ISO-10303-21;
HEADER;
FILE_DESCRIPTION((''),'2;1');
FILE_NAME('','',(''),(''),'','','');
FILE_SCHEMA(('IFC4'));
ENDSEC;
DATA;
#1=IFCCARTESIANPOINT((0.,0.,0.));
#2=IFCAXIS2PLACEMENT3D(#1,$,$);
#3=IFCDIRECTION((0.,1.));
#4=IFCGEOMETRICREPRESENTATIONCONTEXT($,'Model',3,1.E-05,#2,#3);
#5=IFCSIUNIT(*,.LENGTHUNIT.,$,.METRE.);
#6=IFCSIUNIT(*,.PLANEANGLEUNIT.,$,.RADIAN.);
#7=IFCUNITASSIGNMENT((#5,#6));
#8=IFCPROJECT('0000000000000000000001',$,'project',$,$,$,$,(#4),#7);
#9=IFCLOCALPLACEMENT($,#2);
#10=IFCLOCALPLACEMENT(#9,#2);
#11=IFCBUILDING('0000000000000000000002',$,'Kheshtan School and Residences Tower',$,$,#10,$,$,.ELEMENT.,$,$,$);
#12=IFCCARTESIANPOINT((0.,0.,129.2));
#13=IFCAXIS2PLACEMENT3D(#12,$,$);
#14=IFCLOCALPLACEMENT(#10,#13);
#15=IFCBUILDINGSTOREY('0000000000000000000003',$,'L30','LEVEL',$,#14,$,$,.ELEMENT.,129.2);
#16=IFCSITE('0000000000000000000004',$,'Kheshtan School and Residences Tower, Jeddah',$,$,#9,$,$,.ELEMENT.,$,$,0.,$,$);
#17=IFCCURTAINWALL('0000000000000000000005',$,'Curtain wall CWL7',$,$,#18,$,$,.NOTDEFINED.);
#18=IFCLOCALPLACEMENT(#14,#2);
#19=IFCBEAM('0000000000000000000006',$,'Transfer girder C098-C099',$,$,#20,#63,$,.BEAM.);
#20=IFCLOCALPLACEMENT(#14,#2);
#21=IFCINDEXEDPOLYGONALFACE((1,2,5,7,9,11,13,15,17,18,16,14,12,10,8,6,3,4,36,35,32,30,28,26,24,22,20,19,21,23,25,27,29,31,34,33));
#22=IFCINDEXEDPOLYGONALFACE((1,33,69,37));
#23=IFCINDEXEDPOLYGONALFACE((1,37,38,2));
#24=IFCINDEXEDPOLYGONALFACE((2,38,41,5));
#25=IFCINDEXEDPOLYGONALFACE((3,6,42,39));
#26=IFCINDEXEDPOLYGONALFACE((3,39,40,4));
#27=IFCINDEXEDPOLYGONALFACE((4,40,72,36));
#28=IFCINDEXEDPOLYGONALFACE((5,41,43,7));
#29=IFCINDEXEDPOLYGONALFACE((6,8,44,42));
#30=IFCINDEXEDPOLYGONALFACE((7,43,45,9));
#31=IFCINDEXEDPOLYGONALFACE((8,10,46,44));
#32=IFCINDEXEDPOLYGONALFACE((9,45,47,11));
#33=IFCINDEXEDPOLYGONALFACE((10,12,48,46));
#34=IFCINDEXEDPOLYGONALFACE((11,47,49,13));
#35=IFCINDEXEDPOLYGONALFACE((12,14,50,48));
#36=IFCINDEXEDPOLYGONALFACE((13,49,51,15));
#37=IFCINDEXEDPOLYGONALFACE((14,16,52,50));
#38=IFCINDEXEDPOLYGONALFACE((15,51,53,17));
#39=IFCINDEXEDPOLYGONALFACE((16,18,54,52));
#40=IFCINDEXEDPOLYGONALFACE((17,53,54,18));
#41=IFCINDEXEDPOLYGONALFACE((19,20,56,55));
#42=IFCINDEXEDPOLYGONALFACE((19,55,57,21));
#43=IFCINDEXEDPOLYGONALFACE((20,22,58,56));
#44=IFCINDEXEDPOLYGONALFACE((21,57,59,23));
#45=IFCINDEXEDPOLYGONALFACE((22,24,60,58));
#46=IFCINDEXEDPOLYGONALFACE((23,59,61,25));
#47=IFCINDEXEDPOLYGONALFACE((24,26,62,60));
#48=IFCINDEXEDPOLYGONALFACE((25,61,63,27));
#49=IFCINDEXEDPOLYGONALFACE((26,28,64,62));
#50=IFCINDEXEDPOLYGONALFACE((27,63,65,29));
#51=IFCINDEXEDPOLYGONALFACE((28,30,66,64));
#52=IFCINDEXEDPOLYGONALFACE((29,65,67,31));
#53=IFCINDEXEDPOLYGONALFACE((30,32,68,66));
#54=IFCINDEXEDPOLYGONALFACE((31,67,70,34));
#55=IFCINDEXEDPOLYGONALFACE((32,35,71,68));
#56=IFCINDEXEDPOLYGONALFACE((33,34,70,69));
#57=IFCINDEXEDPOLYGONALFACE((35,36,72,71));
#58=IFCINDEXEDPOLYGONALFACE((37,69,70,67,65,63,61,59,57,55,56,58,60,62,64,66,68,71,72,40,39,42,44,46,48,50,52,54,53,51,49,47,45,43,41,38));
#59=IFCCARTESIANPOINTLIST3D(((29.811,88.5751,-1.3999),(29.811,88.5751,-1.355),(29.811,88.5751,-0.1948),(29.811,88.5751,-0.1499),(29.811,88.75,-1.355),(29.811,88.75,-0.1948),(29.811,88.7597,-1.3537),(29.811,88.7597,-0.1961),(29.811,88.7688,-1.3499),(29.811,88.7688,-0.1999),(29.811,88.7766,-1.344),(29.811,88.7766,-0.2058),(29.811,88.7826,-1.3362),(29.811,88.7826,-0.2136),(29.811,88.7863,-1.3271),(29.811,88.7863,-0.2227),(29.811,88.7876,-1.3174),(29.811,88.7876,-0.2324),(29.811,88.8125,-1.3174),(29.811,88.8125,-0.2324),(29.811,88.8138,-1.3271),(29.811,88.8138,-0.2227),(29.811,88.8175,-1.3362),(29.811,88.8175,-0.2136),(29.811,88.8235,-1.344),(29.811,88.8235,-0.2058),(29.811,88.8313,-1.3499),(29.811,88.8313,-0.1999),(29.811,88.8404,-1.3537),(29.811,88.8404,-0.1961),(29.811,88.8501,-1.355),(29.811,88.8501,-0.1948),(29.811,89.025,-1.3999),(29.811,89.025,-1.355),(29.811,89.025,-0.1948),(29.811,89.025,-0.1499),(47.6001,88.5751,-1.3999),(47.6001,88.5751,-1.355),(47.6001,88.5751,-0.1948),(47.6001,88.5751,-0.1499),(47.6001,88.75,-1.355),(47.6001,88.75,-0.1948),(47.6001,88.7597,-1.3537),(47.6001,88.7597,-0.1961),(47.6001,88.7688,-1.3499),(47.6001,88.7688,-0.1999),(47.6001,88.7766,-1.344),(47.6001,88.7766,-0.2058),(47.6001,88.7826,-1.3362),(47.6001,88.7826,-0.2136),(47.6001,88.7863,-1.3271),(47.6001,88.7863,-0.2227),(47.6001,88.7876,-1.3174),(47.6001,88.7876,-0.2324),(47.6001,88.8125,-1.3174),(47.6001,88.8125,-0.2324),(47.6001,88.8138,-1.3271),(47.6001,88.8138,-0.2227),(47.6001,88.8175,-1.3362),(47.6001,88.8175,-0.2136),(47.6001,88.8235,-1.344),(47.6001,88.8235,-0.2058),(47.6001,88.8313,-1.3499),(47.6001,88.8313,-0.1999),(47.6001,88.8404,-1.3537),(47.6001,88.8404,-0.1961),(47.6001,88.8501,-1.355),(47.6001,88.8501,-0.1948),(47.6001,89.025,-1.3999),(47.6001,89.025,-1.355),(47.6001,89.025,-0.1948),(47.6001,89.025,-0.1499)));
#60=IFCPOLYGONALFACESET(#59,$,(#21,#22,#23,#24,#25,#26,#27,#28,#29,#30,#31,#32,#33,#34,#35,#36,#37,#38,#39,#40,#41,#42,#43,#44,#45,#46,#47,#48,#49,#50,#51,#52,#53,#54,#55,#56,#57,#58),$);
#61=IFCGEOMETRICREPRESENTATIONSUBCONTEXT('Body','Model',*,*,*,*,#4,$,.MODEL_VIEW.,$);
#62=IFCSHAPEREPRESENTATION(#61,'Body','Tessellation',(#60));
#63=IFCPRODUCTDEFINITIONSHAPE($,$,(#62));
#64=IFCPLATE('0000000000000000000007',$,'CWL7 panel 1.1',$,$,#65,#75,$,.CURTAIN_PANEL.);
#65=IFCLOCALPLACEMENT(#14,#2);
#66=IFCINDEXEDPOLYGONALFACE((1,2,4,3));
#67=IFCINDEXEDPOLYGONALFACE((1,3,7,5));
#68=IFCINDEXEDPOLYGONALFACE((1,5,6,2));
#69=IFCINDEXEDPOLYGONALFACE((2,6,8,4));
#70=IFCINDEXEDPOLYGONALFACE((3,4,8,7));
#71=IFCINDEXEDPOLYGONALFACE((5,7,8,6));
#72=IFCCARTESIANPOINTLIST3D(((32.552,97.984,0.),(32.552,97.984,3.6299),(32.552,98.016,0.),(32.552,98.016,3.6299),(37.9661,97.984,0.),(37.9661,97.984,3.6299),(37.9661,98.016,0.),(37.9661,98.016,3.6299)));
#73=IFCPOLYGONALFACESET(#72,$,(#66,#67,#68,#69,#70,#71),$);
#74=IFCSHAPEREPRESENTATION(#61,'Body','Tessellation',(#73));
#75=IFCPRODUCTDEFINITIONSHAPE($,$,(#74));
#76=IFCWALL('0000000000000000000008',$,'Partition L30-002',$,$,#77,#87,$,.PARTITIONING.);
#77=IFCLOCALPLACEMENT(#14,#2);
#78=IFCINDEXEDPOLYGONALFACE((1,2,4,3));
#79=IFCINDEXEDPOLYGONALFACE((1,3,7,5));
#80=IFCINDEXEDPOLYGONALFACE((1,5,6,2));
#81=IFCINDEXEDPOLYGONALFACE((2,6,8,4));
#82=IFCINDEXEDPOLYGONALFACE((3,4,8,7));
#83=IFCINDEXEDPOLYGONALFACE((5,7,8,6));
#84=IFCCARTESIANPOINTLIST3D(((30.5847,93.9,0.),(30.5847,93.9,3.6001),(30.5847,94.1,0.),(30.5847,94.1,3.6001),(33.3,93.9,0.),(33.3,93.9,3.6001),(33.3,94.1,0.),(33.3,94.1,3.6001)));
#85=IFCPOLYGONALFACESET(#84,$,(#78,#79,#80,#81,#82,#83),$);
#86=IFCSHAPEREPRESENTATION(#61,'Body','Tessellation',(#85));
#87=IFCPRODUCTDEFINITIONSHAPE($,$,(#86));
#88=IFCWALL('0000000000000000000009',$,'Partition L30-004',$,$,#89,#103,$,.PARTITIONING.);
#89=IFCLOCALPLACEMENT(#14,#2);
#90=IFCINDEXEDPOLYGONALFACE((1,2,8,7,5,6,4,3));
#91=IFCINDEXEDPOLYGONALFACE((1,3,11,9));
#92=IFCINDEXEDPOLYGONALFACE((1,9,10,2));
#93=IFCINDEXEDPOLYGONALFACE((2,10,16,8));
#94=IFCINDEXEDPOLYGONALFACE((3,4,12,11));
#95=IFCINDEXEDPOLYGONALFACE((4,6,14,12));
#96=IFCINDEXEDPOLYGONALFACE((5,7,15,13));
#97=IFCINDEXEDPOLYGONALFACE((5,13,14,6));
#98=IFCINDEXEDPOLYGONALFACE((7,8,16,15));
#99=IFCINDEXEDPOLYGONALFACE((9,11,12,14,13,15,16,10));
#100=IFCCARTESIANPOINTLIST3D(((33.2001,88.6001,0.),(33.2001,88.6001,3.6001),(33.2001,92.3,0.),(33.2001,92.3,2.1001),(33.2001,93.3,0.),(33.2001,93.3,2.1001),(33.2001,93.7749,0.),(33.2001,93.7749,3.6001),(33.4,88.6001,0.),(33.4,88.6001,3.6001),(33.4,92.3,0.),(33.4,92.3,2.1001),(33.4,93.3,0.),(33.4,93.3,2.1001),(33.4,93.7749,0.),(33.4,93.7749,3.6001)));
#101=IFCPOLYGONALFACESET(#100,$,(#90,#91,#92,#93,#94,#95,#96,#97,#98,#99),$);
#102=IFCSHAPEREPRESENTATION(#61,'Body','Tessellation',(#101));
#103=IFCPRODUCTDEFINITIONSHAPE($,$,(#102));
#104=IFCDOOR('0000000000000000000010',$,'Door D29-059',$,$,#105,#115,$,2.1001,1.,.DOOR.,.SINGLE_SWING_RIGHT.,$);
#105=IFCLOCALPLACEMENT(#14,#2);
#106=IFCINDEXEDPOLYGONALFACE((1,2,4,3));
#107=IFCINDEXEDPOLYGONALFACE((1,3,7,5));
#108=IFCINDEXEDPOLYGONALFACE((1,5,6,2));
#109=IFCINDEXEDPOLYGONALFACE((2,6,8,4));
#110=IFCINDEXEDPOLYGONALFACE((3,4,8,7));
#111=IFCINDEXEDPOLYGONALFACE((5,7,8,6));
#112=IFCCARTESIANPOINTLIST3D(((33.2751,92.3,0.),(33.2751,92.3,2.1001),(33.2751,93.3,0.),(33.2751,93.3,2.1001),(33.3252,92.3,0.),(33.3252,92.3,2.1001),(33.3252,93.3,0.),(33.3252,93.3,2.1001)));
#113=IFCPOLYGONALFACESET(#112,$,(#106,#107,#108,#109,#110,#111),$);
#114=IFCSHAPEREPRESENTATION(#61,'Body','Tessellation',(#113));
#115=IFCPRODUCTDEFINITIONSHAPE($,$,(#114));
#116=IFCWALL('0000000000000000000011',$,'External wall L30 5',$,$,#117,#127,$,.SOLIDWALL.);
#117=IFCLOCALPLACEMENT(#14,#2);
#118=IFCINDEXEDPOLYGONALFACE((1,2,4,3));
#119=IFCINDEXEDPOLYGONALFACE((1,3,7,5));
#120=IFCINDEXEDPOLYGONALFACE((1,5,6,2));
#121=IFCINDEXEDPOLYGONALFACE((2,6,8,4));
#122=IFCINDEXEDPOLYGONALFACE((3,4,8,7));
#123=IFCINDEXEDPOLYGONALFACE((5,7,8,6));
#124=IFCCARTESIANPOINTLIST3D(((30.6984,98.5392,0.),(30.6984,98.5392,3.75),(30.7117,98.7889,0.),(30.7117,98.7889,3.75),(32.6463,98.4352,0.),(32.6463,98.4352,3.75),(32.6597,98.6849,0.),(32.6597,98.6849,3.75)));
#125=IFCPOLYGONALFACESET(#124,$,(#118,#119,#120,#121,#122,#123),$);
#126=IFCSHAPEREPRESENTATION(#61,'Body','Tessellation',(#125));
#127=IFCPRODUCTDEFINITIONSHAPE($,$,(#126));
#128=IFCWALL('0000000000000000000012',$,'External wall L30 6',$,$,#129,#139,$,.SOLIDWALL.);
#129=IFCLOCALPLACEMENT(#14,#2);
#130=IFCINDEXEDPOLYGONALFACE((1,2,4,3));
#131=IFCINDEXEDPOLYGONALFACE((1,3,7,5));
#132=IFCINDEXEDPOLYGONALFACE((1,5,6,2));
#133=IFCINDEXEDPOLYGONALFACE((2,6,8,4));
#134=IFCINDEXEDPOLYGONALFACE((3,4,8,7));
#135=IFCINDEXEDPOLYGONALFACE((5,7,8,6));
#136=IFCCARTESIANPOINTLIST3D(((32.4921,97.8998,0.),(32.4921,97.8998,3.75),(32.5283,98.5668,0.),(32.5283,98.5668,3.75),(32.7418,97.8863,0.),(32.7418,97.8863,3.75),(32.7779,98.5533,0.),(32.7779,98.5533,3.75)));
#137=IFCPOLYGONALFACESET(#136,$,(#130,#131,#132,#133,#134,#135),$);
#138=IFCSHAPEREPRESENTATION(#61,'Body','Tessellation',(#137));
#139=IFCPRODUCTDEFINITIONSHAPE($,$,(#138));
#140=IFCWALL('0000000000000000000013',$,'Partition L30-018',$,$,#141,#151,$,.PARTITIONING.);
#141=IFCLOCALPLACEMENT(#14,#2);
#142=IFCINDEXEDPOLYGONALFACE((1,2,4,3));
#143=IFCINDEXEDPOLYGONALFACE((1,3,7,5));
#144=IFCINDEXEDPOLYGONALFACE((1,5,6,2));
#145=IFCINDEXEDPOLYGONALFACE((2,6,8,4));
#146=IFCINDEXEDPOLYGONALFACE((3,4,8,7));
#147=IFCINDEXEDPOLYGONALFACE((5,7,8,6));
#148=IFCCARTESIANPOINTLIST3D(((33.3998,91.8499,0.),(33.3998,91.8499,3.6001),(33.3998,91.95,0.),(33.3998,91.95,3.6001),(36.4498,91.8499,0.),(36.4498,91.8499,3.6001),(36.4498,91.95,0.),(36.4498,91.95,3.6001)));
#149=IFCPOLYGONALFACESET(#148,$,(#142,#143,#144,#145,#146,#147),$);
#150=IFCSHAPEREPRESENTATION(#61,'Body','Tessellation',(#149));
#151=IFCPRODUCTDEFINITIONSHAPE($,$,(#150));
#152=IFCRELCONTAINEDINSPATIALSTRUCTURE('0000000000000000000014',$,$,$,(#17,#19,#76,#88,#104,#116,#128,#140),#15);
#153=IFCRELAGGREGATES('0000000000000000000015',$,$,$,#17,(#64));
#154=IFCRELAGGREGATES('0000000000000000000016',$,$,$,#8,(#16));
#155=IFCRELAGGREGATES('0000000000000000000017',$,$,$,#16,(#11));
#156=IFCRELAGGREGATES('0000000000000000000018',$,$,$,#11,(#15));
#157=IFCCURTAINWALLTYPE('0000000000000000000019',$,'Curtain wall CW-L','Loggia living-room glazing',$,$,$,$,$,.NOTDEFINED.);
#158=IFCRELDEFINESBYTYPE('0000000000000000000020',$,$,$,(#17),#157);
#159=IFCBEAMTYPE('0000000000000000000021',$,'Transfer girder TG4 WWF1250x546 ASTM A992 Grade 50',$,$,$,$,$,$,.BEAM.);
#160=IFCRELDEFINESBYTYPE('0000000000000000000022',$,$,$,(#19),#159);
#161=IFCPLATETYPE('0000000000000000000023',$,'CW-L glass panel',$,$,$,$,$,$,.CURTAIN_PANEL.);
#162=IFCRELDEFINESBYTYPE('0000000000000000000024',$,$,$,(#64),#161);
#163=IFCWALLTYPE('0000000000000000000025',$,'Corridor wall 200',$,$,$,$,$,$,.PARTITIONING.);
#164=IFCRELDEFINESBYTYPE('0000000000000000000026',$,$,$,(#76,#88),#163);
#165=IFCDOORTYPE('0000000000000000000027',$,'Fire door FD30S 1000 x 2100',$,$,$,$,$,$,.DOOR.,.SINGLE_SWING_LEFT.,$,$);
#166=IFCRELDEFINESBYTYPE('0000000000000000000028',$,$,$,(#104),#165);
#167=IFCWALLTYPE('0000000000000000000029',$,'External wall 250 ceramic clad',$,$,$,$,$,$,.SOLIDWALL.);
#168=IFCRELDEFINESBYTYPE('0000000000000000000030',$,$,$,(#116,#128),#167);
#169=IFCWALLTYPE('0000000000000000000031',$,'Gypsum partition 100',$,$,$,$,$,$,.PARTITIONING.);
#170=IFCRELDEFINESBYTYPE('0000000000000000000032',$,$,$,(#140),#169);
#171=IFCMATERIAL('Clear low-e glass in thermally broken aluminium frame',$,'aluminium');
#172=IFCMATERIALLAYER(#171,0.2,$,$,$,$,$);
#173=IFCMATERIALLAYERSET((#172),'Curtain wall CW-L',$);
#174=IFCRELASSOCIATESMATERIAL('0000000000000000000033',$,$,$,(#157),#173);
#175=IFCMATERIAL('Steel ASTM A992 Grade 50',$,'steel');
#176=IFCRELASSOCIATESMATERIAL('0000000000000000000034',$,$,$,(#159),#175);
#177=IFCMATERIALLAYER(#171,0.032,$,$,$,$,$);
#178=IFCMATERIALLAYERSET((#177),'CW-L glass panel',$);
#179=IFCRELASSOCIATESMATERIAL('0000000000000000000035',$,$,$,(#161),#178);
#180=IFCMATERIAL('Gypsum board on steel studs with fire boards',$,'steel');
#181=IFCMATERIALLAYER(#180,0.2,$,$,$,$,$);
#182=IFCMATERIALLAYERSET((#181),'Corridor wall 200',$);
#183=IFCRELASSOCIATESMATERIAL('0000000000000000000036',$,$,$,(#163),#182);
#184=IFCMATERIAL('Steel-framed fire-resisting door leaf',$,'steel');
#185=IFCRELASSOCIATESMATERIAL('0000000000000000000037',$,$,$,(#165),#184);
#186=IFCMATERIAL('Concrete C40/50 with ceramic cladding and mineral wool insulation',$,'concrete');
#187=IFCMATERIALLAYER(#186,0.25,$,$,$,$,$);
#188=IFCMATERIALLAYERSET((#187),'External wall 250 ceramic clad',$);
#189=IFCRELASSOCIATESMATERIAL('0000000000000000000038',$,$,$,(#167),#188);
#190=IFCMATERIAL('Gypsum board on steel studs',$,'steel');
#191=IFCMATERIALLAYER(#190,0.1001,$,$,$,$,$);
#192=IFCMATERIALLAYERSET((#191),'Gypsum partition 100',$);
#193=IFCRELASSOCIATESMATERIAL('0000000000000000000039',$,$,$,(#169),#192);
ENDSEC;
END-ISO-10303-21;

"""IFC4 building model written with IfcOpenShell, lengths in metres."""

from ifc_helpers import new_model, si_unit, direction, frame, frame_2d, origin, origin_2d, place, context, subcontext, project, spatial, rectangle, i_section, extrude, source, transform, mapped, material, layer, layer_set, material_profile, profile_set, type_object, element, fill, aggregate, save


model = new_model("IFC4")

# Units and contexts
model_context = context("Model", 3, precision=1e-05, world=origin(), true_north=direction((0.0, 1.0)))
body_context = subcontext(model_context, "Body", "Model", "MODEL_VIEW")
ifc_project = project(units=[si_unit("LENGTHUNIT", "METRE"), si_unit("PLANEANGLEUNIT", "RADIAN")], contexts=[model_context])

# Site, building, storey
site_placement = place(None, origin())
site = spatial("IfcSite", under=ifc_project, at=site_placement, Name="Kheshtan School and Residences Tower, Jeddah", CompositionType="ELEMENT", RefElevation=0.0)
building_placement = place(site_placement, origin())
building = spatial("IfcBuilding", under=site, at=building_placement, Name="Kheshtan School and Residences Tower", CompositionType="ELEMENT")
storey_placement = place(building_placement, frame((0.0, 0.0, 129.2)))
storey = spatial("IfcBuildingStorey", under=building, at=storey_placement, Name="L30", Description="LEVEL", CompositionType="ELEMENT", Elevation=129.2)

# Shared definitions
ifc_material_1 = material(Name="Steel ASTM A992 Grade 50", Category="steel")

# Curtain wall
ifc_material_2 = material(Name="Clear low-e glass in thermally broken aluminium frame", Category="aluminium")
ifc_layer_1 = layer(ifc_material_2, 0.2)
ifc_layer_set_1 = layer_set([ifc_layer_1], Name="Curtain wall CW-L")
curtain_wall_type = type_object("IfcCurtainWallType", Name="Curtain wall CW-L", Description="Loggia living-room glazing", PredefinedType="NOTDEFINED", material=ifc_layer_set_1)
curtain_wall_placement = place(storey_placement, origin())
curtain_wall = element("IfcCurtainWall", 1, at=curtain_wall_placement, inside=storey, type_object=curtain_wall_type, Name="Curtain wall CWL7", PredefinedType="NOTDEFINED")

# Beam
ifc_material_profile_1 = material_profile(ifc_material_1, i_section(OverallWidth=0.45, OverallDepth=1.25, WebThickness=0.0249, FlangeThickness=0.0449, FilletRadius=0.0376, at=origin_2d()), Name="WWF1250x546")
ifc_profile_set_1 = profile_set([ifc_material_profile_1], Name="Steel ASTM A992 Grade 50")
beam_type_1 = type_object("IfcBeamType", Name="Transfer girder TG4 WWF1250x546 ASTM A992 Grade 50", PredefinedType="BEAM", material=ifc_profile_set_1)
beam_1_placement = place(storey_placement, frame((29.811, 88.8, -0.7749), z_axis=(1.0, 0.0, 0.0), x_axis=(0.0, 1.0, 0.0)))
element("IfcBeam", 2, at=beam_1_placement, inside=storey, type_object=beam_type_1, Name="Transfer girder C098-C099", PredefinedType="BEAM", context=body_context, shape_type="SweptSolid", body=[
    extrude(i_section(OverallWidth=0.45, OverallDepth=1.25, WebThickness=0.0249, FlangeThickness=0.0449, FilletRadius=0.0376, at=origin_2d()), origin(), (0.0, 0.0, 1.0), 17.7891),
])

# Plate
ifc_layer_2 = layer(ifc_material_2, 0.032)
ifc_layer_set_2 = layer_set([ifc_layer_2], Name="CW-L glass panel")
plate_type = type_object("IfcPlateType", Name="CW-L glass panel", PredefinedType="CURTAIN_PANEL", material=ifc_layer_set_2)
plate_placement = place(storey_placement, frame((35.259, 98.0, 0.0), z_axis=(0.0, 0.0, 1.0), x_axis=(1.0, 0.0, 0.0)))
plate = element("IfcPlate", 3, at=plate_placement, type_object=plate_type, Name="CWL7 panel 1.1", PredefinedType="CURTAIN_PANEL", context=body_context, shape_type="SweptSolid", body=[
    extrude(rectangle(XDim=5.4141, YDim=0.032, at=origin_2d()), origin(), (0.0, 0.0, 1.0), 3.6299),
])
aggregate(curtain_wall, [plate])

# Wall
ifc_material_3 = material(Name="Gypsum board on steel studs with fire boards", Category="steel")
ifc_layer_3 = layer(ifc_material_3, 0.2)
ifc_layer_set_3 = layer_set([ifc_layer_3], Name="Corridor wall 200")
wall_type_1 = type_object("IfcWallType", Name="Corridor wall 200", PredefinedType="PARTITIONING", material=ifc_layer_set_3)
wall_1_placement = place(storey_placement, frame((30.5847, 94.0, 0.0), z_axis=(0.0, 0.0, 1.0), x_axis=(1.0, 0.0, 0.0)))
element("IfcWall", 4, at=wall_1_placement, inside=storey, type_object=wall_type_1, Name="Partition L30-002", PredefinedType="PARTITIONING", context=body_context, shape_type="SweptSolid", body=[
    extrude(rectangle(XDim=2.7153, YDim=0.2, at=frame_2d((1.3577, 0.0))), origin(), (0.0, 0.0, 1.0), 3.6001),
])

# Wall, opening, door
wall_2_placement = place(storey_placement, frame((33.3, 88.6001, 0.0), z_axis=(0.0, 0.0, 1.0), x_axis=(0.0, 1.0, 0.0)))
wall_2 = element("IfcWall", 5, at=wall_2_placement, inside=storey, type_object=wall_type_1, Name="Partition L30-004", PredefinedType="PARTITIONING", context=body_context, shape_type="SweptSolid", body=[
    extrude(rectangle(XDim=5.1748, YDim=0.2, at=frame_2d((2.5874, 0.0))), origin(), (0.0, 0.0, 1.0), 3.6001),
])
opening_1_placement = place(wall_2_placement, frame((3.7, 0.0, 0.0)))
opening_1 = element("IfcOpeningElement", 6, at=opening_1_placement, cuts=wall_2, PredefinedType="OPENING", context=body_context, shape_type="SweptSolid", body=[
    extrude(rectangle(XDim=1.0, YDim=2.1001, at=frame_2d((0.5, 1.05))), frame((0.0, 0.1099, 0.0), z_axis=(0.0, -1.0, 0.0), x_axis=(1.0, 0.0, 0.0)), (0.0, 0.0, 1.0), 0.22),
])
ifc_material_4 = material(Name="Steel-framed fire-resisting door leaf", Category="steel")
door_type_1 = type_object("IfcDoorType", Name="Fire door FD30S 1000 x 2100", OperationType="SINGLE_SWING_LEFT", PredefinedType="DOOR", material=ifc_material_4)
shared_shape_1 = source(origin(), body_context, "Body", "SweptSolid", [
    extrude(rectangle(XDim=1.0, YDim=2.1001, at=frame_2d((0.5, 1.05))), frame((0.0, 0.0249, 0.0), z_axis=(0.0, -1.0, 0.0), x_axis=(1.0, 0.0, 0.0)), (0.0, 0.0, 1.0), 0.05),
])
door_1_placement = place(opening_1_placement, origin())
door_1 = element("IfcDoor", 7, at=door_1_placement, inside=storey, type_object=door_type_1, Name="Door D29-059", OperationType="SINGLE_SWING_RIGHT", OverallHeight=2.1001, OverallWidth=1.0, PredefinedType="DOOR", context=body_context, shape_type="MappedRepresentation", body=[
    mapped(shared_shape_1, transform((0.0, 0.0, 0.0), x_axis=(1.0, 0.0, 0.0), y_axis=(0.0, 1.0, 0.0), z_axis=(0.0, 0.0, 1.0), scale=1.0)),
])
fill(opening_1, door_1)

# Walls
ifc_material_5 = material(Name="Concrete C40/50 with ceramic cladding and mineral wool insulation", Category="concrete")
ifc_layer_4 = layer(ifc_material_5, 0.25)
ifc_layer_set_4 = layer_set([ifc_layer_4], Name="External wall 250 ceramic clad")
wall_type_2 = type_object("IfcWallType", Name="External wall 250 ceramic clad", PredefinedType="SOLIDWALL", material=ifc_layer_set_4)
wall_3_placement = place(storey_placement, frame((30.7051, 98.6641, 0.0), z_axis=(0.0, 0.0, 1.0), x_axis=(0.998578, -0.053314, 0.0)))
element("IfcWall", 8, at=wall_3_placement, inside=storey, type_object=wall_type_2, Name="External wall L30 5", PredefinedType="SOLIDWALL", context=body_context, shape_type="SweptSolid", body=[
    extrude(rectangle(XDim=1.9507, YDim=0.25, at=frame_2d((0.9753, 0.0))), origin(), (0.0, 0.0, 1.0), 3.75),
])
wall_4_placement = place(storey_placement, frame((32.6531, 98.5601, 0.0), z_axis=(0.0, 0.0, 1.0), x_axis=(-0.054093, -0.998536, 0.0)))
element("IfcWall", 9, at=wall_4_placement, inside=storey, type_object=wall_type_2, Name="External wall L30 6", PredefinedType="SOLIDWALL", context=body_context, shape_type="SweptSolid", body=[
    extrude(rectangle(XDim=0.668, YDim=0.25, at=frame_2d((0.334, 0.0))), origin(), (0.0, 0.0, 1.0), 3.75),
])
ifc_material_6 = material(Name="Gypsum board on steel studs", Category="steel")
ifc_layer_5 = layer(ifc_material_6, 0.1001)
ifc_layer_set_5 = layer_set([ifc_layer_5], Name="Gypsum partition 100")
wall_type_3 = type_object("IfcWallType", Name="Gypsum partition 100", PredefinedType="PARTITIONING", material=ifc_layer_set_5)
wall_5_placement = place(storey_placement, frame((33.3999, 91.8999, 0.0), z_axis=(0.0, 0.0, 1.0), x_axis=(1.0, 0.0, 0.0)))
element("IfcWall", 10, at=wall_5_placement, inside=storey, type_object=wall_type_3, Name="Partition L30-018", PredefinedType="PARTITIONING", context=body_context, shape_type="SweptSolid", body=[
    extrude(rectangle(XDim=3.05, YDim=0.1001, at=frame_2d((1.5249, 0.0))), origin(), (0.0, 0.0, 1.0), 3.6001),
])

save(model, "model.ifc")
